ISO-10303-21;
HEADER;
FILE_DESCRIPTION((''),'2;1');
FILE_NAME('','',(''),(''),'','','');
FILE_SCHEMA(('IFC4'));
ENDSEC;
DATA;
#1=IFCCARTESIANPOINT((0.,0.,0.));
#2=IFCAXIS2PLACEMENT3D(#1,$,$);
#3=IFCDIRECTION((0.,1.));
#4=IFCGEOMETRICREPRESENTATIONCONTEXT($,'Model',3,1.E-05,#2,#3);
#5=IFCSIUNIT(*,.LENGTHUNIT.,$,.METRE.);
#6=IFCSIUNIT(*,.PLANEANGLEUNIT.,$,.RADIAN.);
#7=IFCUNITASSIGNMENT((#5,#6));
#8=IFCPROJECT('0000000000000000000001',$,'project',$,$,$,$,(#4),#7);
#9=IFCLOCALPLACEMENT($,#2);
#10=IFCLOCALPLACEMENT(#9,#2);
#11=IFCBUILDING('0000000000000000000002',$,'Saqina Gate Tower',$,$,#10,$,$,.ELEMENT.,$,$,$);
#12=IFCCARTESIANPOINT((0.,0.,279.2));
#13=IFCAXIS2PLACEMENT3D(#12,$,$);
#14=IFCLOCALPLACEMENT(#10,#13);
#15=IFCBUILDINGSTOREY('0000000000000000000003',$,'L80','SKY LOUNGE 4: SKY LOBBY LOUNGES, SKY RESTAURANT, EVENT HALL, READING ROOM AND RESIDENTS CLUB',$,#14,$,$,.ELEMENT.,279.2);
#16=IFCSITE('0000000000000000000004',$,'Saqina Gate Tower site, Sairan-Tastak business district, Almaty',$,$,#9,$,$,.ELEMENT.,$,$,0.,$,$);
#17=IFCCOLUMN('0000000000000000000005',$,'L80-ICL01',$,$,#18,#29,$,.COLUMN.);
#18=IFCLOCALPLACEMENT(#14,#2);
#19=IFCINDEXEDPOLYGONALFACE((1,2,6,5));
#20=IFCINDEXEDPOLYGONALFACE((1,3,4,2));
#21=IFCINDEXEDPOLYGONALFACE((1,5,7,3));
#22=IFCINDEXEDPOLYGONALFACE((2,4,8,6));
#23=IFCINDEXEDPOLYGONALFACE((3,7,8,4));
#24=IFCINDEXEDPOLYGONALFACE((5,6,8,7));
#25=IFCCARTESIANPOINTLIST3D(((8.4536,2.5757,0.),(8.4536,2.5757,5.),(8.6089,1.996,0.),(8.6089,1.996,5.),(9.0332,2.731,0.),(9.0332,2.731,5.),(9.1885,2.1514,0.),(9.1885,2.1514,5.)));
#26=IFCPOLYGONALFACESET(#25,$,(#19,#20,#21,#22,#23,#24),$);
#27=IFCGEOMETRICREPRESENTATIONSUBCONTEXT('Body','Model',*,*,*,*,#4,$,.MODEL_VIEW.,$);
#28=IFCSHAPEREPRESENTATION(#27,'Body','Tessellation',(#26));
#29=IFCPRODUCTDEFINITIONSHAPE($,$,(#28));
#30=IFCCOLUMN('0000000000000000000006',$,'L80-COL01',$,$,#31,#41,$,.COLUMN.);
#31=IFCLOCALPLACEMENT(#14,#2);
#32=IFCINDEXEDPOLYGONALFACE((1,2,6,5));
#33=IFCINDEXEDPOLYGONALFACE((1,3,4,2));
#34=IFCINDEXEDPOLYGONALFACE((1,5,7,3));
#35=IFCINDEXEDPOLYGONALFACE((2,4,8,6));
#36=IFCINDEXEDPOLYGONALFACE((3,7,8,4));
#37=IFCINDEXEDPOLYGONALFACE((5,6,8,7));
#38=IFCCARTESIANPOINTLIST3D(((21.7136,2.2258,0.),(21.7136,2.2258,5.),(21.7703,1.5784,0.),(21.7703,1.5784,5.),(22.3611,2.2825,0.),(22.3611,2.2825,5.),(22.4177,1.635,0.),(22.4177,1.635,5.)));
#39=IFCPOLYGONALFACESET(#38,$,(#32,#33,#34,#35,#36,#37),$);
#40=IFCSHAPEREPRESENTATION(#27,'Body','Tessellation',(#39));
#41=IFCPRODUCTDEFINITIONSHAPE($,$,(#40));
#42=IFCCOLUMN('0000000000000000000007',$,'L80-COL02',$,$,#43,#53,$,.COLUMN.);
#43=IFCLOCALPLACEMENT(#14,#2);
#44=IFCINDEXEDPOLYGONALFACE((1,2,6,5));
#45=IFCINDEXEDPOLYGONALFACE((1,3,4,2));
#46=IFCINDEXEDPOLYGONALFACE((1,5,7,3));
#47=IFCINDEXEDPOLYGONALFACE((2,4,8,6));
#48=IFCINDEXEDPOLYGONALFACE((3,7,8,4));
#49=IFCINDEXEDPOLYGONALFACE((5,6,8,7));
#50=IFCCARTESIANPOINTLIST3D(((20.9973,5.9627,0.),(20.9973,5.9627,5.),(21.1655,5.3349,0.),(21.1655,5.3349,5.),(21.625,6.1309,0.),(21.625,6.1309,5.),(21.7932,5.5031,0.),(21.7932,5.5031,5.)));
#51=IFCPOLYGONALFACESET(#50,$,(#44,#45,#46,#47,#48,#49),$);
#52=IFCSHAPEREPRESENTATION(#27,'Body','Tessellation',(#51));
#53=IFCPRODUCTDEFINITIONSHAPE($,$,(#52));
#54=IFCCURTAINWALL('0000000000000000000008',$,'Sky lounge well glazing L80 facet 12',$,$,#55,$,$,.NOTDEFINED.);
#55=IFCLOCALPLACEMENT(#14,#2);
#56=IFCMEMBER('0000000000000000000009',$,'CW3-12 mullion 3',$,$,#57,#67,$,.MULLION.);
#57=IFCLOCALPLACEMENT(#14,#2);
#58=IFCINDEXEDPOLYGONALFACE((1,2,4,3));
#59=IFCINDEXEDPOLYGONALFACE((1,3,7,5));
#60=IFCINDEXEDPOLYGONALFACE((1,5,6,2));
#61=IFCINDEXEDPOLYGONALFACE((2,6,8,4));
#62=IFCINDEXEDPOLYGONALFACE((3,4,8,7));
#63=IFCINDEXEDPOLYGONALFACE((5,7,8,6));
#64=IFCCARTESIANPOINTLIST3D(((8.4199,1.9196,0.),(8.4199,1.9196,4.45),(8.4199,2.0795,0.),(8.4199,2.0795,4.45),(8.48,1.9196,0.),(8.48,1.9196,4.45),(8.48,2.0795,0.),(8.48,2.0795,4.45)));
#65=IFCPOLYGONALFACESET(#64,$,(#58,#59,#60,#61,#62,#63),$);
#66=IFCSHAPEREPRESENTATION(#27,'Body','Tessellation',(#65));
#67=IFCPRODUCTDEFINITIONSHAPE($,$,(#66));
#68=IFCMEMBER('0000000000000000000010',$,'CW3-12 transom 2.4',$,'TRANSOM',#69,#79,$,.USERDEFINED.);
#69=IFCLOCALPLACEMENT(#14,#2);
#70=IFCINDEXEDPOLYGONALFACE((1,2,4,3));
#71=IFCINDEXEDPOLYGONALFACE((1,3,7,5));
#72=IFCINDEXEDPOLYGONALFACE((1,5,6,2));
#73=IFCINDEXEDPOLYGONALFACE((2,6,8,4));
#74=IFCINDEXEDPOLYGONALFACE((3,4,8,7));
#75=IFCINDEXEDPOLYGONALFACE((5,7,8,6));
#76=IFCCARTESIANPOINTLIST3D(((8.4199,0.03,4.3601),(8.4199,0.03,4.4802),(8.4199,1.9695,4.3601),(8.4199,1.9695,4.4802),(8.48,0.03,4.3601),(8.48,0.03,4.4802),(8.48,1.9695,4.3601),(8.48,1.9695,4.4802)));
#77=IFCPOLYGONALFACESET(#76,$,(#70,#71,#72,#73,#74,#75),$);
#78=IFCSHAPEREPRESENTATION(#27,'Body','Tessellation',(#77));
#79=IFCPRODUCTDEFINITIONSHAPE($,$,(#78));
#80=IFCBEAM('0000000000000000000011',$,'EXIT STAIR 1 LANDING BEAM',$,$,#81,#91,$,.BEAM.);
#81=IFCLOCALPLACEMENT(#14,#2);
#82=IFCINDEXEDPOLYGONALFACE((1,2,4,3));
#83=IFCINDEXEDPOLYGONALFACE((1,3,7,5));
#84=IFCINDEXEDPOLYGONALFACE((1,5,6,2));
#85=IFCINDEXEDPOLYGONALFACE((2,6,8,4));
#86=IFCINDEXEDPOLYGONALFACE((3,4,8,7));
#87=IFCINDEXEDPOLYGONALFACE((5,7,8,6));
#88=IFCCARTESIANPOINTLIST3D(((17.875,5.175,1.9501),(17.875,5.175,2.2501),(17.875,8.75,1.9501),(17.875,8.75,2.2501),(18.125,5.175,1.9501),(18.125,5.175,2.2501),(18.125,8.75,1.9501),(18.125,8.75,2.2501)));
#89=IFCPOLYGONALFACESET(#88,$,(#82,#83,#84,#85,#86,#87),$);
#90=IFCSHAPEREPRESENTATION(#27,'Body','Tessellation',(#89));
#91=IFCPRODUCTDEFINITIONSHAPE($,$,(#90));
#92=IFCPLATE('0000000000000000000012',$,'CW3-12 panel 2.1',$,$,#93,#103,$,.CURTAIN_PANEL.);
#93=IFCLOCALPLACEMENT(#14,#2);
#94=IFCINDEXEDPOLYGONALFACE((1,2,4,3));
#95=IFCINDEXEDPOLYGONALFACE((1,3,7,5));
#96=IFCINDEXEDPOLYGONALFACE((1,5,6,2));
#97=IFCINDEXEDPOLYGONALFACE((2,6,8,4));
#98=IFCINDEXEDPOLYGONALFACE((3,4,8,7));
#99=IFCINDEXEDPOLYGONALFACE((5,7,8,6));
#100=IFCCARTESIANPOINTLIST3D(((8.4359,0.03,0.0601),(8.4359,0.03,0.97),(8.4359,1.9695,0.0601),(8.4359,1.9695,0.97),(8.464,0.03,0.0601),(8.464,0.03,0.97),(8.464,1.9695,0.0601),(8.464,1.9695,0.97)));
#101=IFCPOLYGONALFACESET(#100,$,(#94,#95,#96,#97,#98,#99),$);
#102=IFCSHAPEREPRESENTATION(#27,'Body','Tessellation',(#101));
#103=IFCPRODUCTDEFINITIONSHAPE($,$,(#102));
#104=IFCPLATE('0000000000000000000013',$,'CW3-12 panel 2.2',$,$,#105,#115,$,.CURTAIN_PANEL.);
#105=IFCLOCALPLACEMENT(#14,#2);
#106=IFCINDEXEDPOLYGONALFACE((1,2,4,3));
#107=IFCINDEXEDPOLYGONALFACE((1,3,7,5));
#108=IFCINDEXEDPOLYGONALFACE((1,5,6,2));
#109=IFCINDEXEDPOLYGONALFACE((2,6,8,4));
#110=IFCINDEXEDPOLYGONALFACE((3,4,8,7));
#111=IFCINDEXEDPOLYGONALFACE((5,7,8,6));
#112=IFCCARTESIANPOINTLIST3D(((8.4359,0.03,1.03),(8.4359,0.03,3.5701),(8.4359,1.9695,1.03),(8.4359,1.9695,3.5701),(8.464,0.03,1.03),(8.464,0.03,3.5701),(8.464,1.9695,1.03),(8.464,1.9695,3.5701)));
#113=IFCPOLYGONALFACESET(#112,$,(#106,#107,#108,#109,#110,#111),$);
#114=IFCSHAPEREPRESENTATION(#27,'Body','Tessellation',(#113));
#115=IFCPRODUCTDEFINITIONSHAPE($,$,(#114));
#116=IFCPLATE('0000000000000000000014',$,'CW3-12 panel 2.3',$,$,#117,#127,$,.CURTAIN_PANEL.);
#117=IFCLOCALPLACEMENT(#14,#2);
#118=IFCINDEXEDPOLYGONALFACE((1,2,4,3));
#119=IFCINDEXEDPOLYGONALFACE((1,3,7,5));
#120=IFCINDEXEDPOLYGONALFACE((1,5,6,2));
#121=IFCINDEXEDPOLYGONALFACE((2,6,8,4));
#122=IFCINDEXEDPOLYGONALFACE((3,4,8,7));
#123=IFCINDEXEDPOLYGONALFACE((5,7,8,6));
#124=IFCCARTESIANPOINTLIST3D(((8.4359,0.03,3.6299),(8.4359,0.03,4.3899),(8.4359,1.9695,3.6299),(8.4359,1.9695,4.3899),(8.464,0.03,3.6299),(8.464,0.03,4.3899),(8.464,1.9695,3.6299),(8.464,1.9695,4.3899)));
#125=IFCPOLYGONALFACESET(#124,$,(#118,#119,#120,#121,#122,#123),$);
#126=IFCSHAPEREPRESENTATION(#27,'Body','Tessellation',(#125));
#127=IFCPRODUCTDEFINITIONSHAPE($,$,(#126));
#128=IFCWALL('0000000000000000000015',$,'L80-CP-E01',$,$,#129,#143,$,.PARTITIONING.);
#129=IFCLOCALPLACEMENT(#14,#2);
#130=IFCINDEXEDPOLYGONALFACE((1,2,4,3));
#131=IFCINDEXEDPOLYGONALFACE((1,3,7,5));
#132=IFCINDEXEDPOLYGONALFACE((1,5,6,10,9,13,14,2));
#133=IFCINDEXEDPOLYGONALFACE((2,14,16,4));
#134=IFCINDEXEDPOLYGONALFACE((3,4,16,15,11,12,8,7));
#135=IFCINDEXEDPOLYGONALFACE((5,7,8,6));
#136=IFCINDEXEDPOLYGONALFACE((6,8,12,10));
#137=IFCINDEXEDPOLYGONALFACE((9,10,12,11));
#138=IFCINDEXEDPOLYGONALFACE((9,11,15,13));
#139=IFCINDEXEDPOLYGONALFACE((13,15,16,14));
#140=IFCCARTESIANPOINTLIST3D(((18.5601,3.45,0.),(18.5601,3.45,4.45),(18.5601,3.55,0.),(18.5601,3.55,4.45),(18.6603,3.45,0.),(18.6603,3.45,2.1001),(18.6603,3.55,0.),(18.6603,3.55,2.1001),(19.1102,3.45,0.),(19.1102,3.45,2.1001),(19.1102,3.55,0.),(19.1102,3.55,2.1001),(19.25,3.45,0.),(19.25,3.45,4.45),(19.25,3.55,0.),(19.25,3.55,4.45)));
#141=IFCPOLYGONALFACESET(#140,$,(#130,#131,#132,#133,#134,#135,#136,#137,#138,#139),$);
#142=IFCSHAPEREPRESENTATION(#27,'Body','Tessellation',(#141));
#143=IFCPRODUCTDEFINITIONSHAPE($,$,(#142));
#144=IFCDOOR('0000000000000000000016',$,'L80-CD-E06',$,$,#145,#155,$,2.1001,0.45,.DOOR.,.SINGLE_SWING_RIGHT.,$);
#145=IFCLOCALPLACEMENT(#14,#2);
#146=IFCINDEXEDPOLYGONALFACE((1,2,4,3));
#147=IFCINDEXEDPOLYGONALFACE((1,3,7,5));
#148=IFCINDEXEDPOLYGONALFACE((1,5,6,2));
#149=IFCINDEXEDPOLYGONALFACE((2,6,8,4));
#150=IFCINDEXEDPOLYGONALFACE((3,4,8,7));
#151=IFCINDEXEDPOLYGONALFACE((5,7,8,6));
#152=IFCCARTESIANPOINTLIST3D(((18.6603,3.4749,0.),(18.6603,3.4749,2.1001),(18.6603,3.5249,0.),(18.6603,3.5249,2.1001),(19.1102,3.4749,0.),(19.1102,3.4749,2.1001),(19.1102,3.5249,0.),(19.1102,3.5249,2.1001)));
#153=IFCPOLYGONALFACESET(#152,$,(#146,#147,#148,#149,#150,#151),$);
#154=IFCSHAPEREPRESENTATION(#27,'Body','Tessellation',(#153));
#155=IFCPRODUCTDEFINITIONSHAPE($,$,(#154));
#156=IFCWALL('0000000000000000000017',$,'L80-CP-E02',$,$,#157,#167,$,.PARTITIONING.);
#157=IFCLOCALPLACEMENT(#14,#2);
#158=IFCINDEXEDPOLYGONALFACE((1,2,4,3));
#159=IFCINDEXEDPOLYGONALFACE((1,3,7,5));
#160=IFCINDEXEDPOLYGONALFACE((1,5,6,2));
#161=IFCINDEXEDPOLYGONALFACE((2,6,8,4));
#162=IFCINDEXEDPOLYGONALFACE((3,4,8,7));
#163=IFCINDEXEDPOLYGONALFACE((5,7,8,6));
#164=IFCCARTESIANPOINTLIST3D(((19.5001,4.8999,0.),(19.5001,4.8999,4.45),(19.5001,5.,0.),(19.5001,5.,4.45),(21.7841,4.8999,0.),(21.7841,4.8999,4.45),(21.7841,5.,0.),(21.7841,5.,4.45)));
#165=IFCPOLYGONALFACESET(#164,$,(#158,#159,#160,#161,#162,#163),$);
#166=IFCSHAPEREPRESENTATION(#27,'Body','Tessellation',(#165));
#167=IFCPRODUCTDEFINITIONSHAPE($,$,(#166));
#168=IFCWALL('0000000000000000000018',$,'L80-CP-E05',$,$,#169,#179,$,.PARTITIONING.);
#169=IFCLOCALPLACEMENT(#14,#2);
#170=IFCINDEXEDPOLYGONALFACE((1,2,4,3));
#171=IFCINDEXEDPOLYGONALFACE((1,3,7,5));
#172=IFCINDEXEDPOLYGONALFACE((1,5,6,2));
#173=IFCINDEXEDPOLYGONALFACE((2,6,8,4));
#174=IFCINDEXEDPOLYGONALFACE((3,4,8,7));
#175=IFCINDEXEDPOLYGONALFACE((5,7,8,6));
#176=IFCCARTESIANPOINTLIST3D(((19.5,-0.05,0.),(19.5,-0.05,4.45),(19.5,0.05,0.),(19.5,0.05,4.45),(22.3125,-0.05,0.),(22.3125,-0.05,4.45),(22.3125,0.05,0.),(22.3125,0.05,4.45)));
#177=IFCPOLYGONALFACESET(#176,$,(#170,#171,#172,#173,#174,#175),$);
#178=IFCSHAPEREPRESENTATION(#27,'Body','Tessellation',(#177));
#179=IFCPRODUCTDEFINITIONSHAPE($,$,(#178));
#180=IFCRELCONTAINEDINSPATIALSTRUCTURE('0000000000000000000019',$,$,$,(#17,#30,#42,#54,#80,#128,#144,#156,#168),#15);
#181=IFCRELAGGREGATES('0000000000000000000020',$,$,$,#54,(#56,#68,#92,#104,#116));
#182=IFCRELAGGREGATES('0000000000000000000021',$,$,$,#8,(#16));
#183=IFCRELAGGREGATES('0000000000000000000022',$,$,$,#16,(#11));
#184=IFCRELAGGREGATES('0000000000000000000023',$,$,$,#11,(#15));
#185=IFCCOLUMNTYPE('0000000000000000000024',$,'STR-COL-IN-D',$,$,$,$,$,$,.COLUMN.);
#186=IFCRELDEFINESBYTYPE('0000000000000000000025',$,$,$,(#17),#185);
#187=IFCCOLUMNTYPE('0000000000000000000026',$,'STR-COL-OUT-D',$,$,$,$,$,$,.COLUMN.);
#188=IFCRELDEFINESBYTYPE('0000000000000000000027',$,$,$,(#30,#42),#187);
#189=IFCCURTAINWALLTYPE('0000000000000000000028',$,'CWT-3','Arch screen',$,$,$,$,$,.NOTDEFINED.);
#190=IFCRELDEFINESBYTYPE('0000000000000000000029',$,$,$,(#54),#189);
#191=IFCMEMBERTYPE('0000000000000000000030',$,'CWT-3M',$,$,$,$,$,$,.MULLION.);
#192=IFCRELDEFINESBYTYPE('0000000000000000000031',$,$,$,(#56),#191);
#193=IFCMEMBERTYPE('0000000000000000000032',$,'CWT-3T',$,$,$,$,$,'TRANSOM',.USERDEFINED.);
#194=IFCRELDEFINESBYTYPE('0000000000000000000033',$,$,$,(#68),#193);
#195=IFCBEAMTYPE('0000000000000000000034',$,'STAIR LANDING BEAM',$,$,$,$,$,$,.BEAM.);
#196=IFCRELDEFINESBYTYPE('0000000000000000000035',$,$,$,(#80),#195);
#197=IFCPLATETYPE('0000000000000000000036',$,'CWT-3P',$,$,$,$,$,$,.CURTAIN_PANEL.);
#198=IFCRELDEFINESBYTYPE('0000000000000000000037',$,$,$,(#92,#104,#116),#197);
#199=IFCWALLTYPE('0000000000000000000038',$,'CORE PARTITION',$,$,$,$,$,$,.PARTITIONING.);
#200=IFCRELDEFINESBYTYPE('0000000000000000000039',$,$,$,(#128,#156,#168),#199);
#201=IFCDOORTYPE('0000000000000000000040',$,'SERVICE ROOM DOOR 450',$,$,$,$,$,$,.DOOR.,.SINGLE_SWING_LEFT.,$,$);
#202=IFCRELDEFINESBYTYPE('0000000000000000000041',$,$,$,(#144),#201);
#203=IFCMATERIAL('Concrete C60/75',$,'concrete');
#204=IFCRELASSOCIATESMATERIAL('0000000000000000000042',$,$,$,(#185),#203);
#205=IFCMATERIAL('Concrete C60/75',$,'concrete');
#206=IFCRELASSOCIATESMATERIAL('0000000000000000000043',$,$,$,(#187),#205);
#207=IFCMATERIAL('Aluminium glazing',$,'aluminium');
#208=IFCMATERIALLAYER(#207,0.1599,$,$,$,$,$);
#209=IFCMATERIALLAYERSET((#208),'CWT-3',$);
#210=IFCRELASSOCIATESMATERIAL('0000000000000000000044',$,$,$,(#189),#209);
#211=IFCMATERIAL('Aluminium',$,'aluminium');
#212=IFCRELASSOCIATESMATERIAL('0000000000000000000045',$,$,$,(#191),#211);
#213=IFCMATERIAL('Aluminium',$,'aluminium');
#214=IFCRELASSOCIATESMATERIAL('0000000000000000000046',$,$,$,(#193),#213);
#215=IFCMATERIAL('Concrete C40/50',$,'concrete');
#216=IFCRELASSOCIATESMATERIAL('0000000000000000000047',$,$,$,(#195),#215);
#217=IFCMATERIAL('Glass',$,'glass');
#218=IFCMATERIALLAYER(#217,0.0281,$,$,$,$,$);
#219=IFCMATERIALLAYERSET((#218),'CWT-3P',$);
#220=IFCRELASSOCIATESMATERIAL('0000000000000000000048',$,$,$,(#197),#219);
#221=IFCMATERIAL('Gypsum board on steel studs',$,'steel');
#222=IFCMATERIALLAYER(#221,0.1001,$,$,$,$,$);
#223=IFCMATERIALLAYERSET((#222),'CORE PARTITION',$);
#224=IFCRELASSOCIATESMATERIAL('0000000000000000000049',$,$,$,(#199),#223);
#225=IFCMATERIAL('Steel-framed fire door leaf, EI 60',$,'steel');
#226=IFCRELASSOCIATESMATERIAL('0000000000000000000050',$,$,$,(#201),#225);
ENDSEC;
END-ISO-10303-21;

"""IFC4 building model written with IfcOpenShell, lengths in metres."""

from ifc_helpers import new_model, si_unit, direction, frame, frame_2d, origin, origin_2d, place, context, subcontext, project, spatial, rectangle, extrude, material, layer, layer_set, material_profile, profile_set, type_object, element, fill, aggregate, save


model = new_model("IFC4")

# Units and contexts
model_context = context("Model", 3, precision=1e-05, world=origin(), true_north=direction((0.0, 1.0)))
body_context = subcontext(model_context, "Body", "Model", "MODEL_VIEW")
ifc_project = project(units=[si_unit("LENGTHUNIT", "METRE"), si_unit("PLANEANGLEUNIT", "RADIAN")], contexts=[model_context])

# Site, building, storey
site_placement = place(None, origin())
site = spatial("IfcSite", under=ifc_project, at=site_placement, Name="Saqina Gate Tower site, Sairan-Tastak business district, Almaty", CompositionType="ELEMENT", RefElevation=0.0)
building_placement = place(site_placement, origin())
building = spatial("IfcBuilding", under=site, at=building_placement, Name="Saqina Gate Tower", CompositionType="ELEMENT")
storey_placement = place(building_placement, frame((0.0, 0.0, 279.2)))
storey = spatial("IfcBuildingStorey", under=building, at=storey_placement, Name="L80", Description="SKY LOUNGE 4: SKY LOBBY LOUNGES, SKY RESTAURANT, EVENT HALL, READING ROOM AND RESIDENTS CLUB", CompositionType="ELEMENT", Elevation=279.2)

# Columns
ifc_material_1 = material(Name="Concrete C60/75", Category="concrete")
ifc_material_profile_1 = material_profile(ifc_material_1, rectangle(XDim=0.6001, YDim=0.6001, at=origin_2d()), Name="RC 600x600")
ifc_profile_set_1 = profile_set([ifc_material_profile_1], Name="Concrete C60/75")
column_type_1 = type_object("IfcColumnType", Name="STR-COL-IN-D", PredefinedType="COLUMN", material=ifc_profile_set_1)
column_placement = place(storey_placement, frame((8.821, 2.3635, 0.0), z_axis=(0.0, 0.0, 1.0), x_axis=(0.965926, 0.258819, 0.0)))
element("IfcColumn", 1, at=column_placement, inside=storey, type_object=column_type_1, Name="L80-ICL01", PredefinedType="COLUMN", context=body_context, shape_type="SweptSolid", body=[
    extrude(rectangle(XDim=0.6001, YDim=0.6001, at=origin_2d()), origin(), (0.0, 0.0, 1.0), 5.0),
])
ifc_material_2 = material(Name="Concrete C60/75", Category="concrete")
ifc_material_profile_2 = material_profile(ifc_material_2, rectangle(XDim=0.6499, YDim=0.6499, at=origin_2d()), Name="RC 650x650")
ifc_profile_set_2 = profile_set([ifc_material_profile_2], Name="Concrete C60/75")
column_type_2 = type_object("IfcColumnType", Name="STR-COL-OUT-D", PredefinedType="COLUMN", material=ifc_profile_set_2)
for number, where, z_axis, x_axis, name in (
    (2, (22.0657, 1.9304, 0.0), (0.0, 0.0, 1.0), (0.996195, 0.087156, 0.0), "L80-COL01"),
    (3, (21.3953, 5.7329, 0.0), (0.0, 0.0, 1.0), (0.965926, 0.258819, 0.0), "L80-COL02"),
):
    element("IfcColumn", number, at=place(storey_placement, frame(where, z_axis=z_axis, x_axis=x_axis)), inside=storey, type_object=column_type_2, Name=name, PredefinedType="COLUMN", context=body_context, shape_type="SweptSolid", body=[
        extrude(rectangle(XDim=0.6499, YDim=0.6499, at=origin_2d()), origin(), (0.0, 0.0, 1.0), 5.0),
    ])

# Curtain wall, members
ifc_material_3 = material(Name="Aluminium glazing", Category="aluminium")
ifc_layer_1 = layer(ifc_material_3, 0.1599)
ifc_layer_set_1 = layer_set([ifc_layer_1], Name="CWT-3")
curtain_wall_type = type_object("IfcCurtainWallType", Name="CWT-3", Description="Arch screen", PredefinedType="NOTDEFINED", material=ifc_layer_set_1)
curtain_wall_placement = place(storey_placement, origin())
curtain_wall = element("IfcCurtainWall", 4, at=curtain_wall_placement, inside=storey, type_object=curtain_wall_type, Name="Sky lounge well glazing L80 facet 12", PredefinedType="NOTDEFINED")
ifc_material_4 = material(Name="Aluminium", Category="aluminium")
ifc_material_profile_3 = material_profile(ifc_material_4, rectangle(XDim=0.0601, YDim=0.1599, at=origin_2d()), Name="Aluminium 60x160")
ifc_profile_set_3 = profile_set([ifc_material_profile_3], Name="Aluminium")
member_type_1 = type_object("IfcMemberType", Name="CWT-3M", PredefinedType="MULLION", material=ifc_profile_set_3)
member_1_placement = place(storey_placement, frame((8.45, 1.9995, 0.0), z_axis=(0.0, 0.0, 1.0), x_axis=(-1.0, 0.0, 0.0)))
member_1 = element("IfcMember", 5, at=member_1_placement, type_object=member_type_1, Name="CW3-12 mullion 3", PredefinedType="MULLION", context=body_context, shape_type="SweptSolid", body=[
    extrude(rectangle(XDim=0.0601, YDim=0.1599, at=origin_2d()), origin(), (0.0, 0.0, 1.0), 4.45),
])
ifc_material_5 = material(Name="Aluminium", Category="aluminium")
ifc_material_profile_4 = material_profile(ifc_material_5, rectangle(XDim=0.0601, YDim=0.1201, at=origin_2d()), Name="Aluminium 60x120")
ifc_profile_set_4 = profile_set([ifc_material_profile_4], Name="Aluminium")
member_type_2 = type_object("IfcMemberType", Name="CWT-3T", ElementType="TRANSOM", PredefinedType="USERDEFINED", material=ifc_profile_set_4)
member_2_placement = place(storey_placement, frame((8.45, 0.03, 4.4202), z_axis=(0.0, 1.0, 0.0), x_axis=(-1.0, 0.0, 0.0)))
member_2 = element("IfcMember", 6, at=member_2_placement, type_object=member_type_2, Name="CW3-12 transom 2.4", ObjectType="TRANSOM", PredefinedType="USERDEFINED", context=body_context, shape_type="SweptSolid", body=[
    extrude(rectangle(XDim=0.0601, YDim=0.1201, at=origin_2d()), origin(), (0.0, 0.0, 1.0), 1.9395),
])

# Beam
ifc_material_6 = material(Name="Concrete C40/50", Category="concrete")
ifc_material_profile_5 = material_profile(ifc_material_6, rectangle(XDim=0.25, YDim=0.3, at=origin_2d()), Name="STAIR LANDING BEAM")
ifc_profile_set_5 = profile_set([ifc_material_profile_5], Name="Concrete C40/50")
beam_type = type_object("IfcBeamType", Name="STAIR LANDING BEAM", PredefinedType="BEAM", material=ifc_profile_set_5)
beam_placement = place(storey_placement, frame((18.0, 5.175, 2.1001), z_axis=(0.0, 1.0, 0.0), x_axis=(-1.0, 0.0, 0.0)))
element("IfcBeam", 7, at=beam_placement, inside=storey, type_object=beam_type, Name="EXIT STAIR 1 LANDING BEAM", PredefinedType="BEAM", context=body_context, shape_type="SweptSolid", body=[
    extrude(rectangle(XDim=0.25, YDim=0.3, at=origin_2d()), origin(), (0.0, 0.0, 1.0), 3.575),
])

# Plates
ifc_material_7 = material(Name="Glass", Category="glass")
ifc_layer_2 = layer(ifc_material_7, 0.0281)
ifc_layer_set_2 = layer_set([ifc_layer_2], Name="CWT-3P")
plate_type = type_object("IfcPlateType", Name="CWT-3P", PredefinedType="CURTAIN_PANEL", material=ifc_layer_set_2)
plate_1_placement = place(storey_placement, frame((8.45, 0.9998, 0.0601), z_axis=(0.0, 0.0, 1.0), x_axis=(0.0, 1.0, 0.0)))
plate_1 = element("IfcPlate", 8, at=plate_1_placement, type_object=plate_type, Name="CW3-12 panel 2.1", PredefinedType="CURTAIN_PANEL", context=body_context, shape_type="SweptSolid", body=[
    extrude(rectangle(XDim=1.9395, YDim=0.0281, at=origin_2d()), origin(), (0.0, 0.0, 1.0), 0.9099),
])
plate_2_placement = place(storey_placement, frame((8.45, 0.9998, 1.03), z_axis=(0.0, 0.0, 1.0), x_axis=(0.0, 1.0, 0.0)))
plate_2 = element("IfcPlate", 9, at=plate_2_placement, type_object=plate_type, Name="CW3-12 panel 2.2", PredefinedType="CURTAIN_PANEL", context=body_context, shape_type="SweptSolid", body=[
    extrude(rectangle(XDim=1.9395, YDim=0.0281, at=origin_2d()), origin(), (0.0, 0.0, 1.0), 2.54),
])
plate_3_placement = place(storey_placement, frame((8.45, 0.9998, 3.6299), z_axis=(0.0, 0.0, 1.0), x_axis=(0.0, 1.0, 0.0)))
plate_3 = element("IfcPlate", 10, at=plate_3_placement, type_object=plate_type, Name="CW3-12 panel 2.3", PredefinedType="CURTAIN_PANEL", context=body_context, shape_type="SweptSolid", body=[
    extrude(rectangle(XDim=1.9395, YDim=0.0281, at=origin_2d()), origin(), (0.0, 0.0, 1.0), 0.76),
])
aggregate(curtain_wall, [member_1, member_2, plate_1, plate_2, plate_3])

# Wall, opening, door
ifc_material_8 = material(Name="Gypsum board on steel studs", Category="steel")
ifc_layer_3 = layer(ifc_material_8, 0.1001)
ifc_layer_set_3 = layer_set([ifc_layer_3], Name="CORE PARTITION")
wall_type_1 = type_object("IfcWallType", Name="CORE PARTITION", PredefinedType="PARTITIONING", material=ifc_layer_set_3)
wall_1_placement = place(storey_placement, frame((18.5601, 3.5, 0.0), z_axis=(0.0, 0.0, 1.0), x_axis=(1.0, 0.0, 0.0)))
wall_1 = element("IfcWall", 11, at=wall_1_placement, inside=storey, type_object=wall_type_1, Name="L80-CP-E01", PredefinedType="PARTITIONING", context=body_context, shape_type="SweptSolid", body=[
    extrude(rectangle(XDim=0.6899, YDim=0.1001, at=frame_2d((0.345, 0.0))), origin(), (0.0, 0.0, 1.0), 4.45),
])
opening_1_placement = place(wall_1_placement, frame((0.1001, 0.0, 0.0)))
opening_1 = element("IfcOpeningElement", 12, at=opening_1_placement, cuts=wall_1, PredefinedType="OPENING", context=body_context, shape_type="SweptSolid", body=[
    extrude(rectangle(XDim=0.45, YDim=2.1001, at=frame_2d((0.2251, 1.05))), frame((0.0, 0.062, 0.0), z_axis=(0.0, -1.0, 0.0), x_axis=(1.0, 0.0, 0.0)), (0.0, 0.0, 1.0), 0.124),
])
ifc_material_9 = material(Name="Steel-framed fire door leaf, EI 60", Category="steel")
door_type_1 = type_object("IfcDoorType", Name="SERVICE ROOM DOOR 450", OperationType="SINGLE_SWING_LEFT", PredefinedType="DOOR", material=ifc_material_9)
door_1_placement = place(opening_1_placement, origin())
door_1 = element("IfcDoor", 13, at=door_1_placement, inside=storey, type_object=door_type_1, Name="L80-CD-E06", OperationType="SINGLE_SWING_RIGHT", OverallHeight=2.1001, OverallWidth=0.45, PredefinedType="DOOR", context=body_context, shape_type="SweptSolid", body=[
    extrude(rectangle(XDim=0.45, YDim=2.1001, at=frame_2d((0.2251, 1.05))), frame((0.0, 0.0249, 0.0), z_axis=(0.0, -1.0, 0.0), x_axis=(1.0, 0.0, 0.0)), (0.0, 0.0, 1.0), 0.05),
])
fill(opening_1, door_1)

# Walls
wall_2_placement = place(storey_placement, frame((19.5, 4.95, 0.0), z_axis=(0.0, 0.0, 1.0), x_axis=(1.0, 0.0, 0.0)))
element("IfcWall", 14, at=wall_2_placement, inside=storey, type_object=wall_type_1, Name="L80-CP-E02", PredefinedType="PARTITIONING", context=body_context, shape_type="SweptSolid", body=[
    extrude(rectangle(XDim=2.2839, YDim=0.1001, at=frame_2d((1.1421, 0.0))), origin(), (0.0, 0.0, 1.0), 4.45),
])
wall_3_placement = place(storey_placement, frame((19.5, 0.0, 0.0), z_axis=(0.0, 0.0, 1.0), x_axis=(1.0, 0.0, 0.0)))
element("IfcWall", 15, at=wall_3_placement, inside=storey, type_object=wall_type_1, Name="L80-CP-E05", PredefinedType="PARTITIONING", context=body_context, shape_type="SweptSolid", body=[
    extrude(rectangle(XDim=2.8125, YDim=0.1001, at=frame_2d((1.4062, 0.0))), origin(), (0.0, 0.0, 1.0), 4.45),
])

save(model, "model.ifc")
